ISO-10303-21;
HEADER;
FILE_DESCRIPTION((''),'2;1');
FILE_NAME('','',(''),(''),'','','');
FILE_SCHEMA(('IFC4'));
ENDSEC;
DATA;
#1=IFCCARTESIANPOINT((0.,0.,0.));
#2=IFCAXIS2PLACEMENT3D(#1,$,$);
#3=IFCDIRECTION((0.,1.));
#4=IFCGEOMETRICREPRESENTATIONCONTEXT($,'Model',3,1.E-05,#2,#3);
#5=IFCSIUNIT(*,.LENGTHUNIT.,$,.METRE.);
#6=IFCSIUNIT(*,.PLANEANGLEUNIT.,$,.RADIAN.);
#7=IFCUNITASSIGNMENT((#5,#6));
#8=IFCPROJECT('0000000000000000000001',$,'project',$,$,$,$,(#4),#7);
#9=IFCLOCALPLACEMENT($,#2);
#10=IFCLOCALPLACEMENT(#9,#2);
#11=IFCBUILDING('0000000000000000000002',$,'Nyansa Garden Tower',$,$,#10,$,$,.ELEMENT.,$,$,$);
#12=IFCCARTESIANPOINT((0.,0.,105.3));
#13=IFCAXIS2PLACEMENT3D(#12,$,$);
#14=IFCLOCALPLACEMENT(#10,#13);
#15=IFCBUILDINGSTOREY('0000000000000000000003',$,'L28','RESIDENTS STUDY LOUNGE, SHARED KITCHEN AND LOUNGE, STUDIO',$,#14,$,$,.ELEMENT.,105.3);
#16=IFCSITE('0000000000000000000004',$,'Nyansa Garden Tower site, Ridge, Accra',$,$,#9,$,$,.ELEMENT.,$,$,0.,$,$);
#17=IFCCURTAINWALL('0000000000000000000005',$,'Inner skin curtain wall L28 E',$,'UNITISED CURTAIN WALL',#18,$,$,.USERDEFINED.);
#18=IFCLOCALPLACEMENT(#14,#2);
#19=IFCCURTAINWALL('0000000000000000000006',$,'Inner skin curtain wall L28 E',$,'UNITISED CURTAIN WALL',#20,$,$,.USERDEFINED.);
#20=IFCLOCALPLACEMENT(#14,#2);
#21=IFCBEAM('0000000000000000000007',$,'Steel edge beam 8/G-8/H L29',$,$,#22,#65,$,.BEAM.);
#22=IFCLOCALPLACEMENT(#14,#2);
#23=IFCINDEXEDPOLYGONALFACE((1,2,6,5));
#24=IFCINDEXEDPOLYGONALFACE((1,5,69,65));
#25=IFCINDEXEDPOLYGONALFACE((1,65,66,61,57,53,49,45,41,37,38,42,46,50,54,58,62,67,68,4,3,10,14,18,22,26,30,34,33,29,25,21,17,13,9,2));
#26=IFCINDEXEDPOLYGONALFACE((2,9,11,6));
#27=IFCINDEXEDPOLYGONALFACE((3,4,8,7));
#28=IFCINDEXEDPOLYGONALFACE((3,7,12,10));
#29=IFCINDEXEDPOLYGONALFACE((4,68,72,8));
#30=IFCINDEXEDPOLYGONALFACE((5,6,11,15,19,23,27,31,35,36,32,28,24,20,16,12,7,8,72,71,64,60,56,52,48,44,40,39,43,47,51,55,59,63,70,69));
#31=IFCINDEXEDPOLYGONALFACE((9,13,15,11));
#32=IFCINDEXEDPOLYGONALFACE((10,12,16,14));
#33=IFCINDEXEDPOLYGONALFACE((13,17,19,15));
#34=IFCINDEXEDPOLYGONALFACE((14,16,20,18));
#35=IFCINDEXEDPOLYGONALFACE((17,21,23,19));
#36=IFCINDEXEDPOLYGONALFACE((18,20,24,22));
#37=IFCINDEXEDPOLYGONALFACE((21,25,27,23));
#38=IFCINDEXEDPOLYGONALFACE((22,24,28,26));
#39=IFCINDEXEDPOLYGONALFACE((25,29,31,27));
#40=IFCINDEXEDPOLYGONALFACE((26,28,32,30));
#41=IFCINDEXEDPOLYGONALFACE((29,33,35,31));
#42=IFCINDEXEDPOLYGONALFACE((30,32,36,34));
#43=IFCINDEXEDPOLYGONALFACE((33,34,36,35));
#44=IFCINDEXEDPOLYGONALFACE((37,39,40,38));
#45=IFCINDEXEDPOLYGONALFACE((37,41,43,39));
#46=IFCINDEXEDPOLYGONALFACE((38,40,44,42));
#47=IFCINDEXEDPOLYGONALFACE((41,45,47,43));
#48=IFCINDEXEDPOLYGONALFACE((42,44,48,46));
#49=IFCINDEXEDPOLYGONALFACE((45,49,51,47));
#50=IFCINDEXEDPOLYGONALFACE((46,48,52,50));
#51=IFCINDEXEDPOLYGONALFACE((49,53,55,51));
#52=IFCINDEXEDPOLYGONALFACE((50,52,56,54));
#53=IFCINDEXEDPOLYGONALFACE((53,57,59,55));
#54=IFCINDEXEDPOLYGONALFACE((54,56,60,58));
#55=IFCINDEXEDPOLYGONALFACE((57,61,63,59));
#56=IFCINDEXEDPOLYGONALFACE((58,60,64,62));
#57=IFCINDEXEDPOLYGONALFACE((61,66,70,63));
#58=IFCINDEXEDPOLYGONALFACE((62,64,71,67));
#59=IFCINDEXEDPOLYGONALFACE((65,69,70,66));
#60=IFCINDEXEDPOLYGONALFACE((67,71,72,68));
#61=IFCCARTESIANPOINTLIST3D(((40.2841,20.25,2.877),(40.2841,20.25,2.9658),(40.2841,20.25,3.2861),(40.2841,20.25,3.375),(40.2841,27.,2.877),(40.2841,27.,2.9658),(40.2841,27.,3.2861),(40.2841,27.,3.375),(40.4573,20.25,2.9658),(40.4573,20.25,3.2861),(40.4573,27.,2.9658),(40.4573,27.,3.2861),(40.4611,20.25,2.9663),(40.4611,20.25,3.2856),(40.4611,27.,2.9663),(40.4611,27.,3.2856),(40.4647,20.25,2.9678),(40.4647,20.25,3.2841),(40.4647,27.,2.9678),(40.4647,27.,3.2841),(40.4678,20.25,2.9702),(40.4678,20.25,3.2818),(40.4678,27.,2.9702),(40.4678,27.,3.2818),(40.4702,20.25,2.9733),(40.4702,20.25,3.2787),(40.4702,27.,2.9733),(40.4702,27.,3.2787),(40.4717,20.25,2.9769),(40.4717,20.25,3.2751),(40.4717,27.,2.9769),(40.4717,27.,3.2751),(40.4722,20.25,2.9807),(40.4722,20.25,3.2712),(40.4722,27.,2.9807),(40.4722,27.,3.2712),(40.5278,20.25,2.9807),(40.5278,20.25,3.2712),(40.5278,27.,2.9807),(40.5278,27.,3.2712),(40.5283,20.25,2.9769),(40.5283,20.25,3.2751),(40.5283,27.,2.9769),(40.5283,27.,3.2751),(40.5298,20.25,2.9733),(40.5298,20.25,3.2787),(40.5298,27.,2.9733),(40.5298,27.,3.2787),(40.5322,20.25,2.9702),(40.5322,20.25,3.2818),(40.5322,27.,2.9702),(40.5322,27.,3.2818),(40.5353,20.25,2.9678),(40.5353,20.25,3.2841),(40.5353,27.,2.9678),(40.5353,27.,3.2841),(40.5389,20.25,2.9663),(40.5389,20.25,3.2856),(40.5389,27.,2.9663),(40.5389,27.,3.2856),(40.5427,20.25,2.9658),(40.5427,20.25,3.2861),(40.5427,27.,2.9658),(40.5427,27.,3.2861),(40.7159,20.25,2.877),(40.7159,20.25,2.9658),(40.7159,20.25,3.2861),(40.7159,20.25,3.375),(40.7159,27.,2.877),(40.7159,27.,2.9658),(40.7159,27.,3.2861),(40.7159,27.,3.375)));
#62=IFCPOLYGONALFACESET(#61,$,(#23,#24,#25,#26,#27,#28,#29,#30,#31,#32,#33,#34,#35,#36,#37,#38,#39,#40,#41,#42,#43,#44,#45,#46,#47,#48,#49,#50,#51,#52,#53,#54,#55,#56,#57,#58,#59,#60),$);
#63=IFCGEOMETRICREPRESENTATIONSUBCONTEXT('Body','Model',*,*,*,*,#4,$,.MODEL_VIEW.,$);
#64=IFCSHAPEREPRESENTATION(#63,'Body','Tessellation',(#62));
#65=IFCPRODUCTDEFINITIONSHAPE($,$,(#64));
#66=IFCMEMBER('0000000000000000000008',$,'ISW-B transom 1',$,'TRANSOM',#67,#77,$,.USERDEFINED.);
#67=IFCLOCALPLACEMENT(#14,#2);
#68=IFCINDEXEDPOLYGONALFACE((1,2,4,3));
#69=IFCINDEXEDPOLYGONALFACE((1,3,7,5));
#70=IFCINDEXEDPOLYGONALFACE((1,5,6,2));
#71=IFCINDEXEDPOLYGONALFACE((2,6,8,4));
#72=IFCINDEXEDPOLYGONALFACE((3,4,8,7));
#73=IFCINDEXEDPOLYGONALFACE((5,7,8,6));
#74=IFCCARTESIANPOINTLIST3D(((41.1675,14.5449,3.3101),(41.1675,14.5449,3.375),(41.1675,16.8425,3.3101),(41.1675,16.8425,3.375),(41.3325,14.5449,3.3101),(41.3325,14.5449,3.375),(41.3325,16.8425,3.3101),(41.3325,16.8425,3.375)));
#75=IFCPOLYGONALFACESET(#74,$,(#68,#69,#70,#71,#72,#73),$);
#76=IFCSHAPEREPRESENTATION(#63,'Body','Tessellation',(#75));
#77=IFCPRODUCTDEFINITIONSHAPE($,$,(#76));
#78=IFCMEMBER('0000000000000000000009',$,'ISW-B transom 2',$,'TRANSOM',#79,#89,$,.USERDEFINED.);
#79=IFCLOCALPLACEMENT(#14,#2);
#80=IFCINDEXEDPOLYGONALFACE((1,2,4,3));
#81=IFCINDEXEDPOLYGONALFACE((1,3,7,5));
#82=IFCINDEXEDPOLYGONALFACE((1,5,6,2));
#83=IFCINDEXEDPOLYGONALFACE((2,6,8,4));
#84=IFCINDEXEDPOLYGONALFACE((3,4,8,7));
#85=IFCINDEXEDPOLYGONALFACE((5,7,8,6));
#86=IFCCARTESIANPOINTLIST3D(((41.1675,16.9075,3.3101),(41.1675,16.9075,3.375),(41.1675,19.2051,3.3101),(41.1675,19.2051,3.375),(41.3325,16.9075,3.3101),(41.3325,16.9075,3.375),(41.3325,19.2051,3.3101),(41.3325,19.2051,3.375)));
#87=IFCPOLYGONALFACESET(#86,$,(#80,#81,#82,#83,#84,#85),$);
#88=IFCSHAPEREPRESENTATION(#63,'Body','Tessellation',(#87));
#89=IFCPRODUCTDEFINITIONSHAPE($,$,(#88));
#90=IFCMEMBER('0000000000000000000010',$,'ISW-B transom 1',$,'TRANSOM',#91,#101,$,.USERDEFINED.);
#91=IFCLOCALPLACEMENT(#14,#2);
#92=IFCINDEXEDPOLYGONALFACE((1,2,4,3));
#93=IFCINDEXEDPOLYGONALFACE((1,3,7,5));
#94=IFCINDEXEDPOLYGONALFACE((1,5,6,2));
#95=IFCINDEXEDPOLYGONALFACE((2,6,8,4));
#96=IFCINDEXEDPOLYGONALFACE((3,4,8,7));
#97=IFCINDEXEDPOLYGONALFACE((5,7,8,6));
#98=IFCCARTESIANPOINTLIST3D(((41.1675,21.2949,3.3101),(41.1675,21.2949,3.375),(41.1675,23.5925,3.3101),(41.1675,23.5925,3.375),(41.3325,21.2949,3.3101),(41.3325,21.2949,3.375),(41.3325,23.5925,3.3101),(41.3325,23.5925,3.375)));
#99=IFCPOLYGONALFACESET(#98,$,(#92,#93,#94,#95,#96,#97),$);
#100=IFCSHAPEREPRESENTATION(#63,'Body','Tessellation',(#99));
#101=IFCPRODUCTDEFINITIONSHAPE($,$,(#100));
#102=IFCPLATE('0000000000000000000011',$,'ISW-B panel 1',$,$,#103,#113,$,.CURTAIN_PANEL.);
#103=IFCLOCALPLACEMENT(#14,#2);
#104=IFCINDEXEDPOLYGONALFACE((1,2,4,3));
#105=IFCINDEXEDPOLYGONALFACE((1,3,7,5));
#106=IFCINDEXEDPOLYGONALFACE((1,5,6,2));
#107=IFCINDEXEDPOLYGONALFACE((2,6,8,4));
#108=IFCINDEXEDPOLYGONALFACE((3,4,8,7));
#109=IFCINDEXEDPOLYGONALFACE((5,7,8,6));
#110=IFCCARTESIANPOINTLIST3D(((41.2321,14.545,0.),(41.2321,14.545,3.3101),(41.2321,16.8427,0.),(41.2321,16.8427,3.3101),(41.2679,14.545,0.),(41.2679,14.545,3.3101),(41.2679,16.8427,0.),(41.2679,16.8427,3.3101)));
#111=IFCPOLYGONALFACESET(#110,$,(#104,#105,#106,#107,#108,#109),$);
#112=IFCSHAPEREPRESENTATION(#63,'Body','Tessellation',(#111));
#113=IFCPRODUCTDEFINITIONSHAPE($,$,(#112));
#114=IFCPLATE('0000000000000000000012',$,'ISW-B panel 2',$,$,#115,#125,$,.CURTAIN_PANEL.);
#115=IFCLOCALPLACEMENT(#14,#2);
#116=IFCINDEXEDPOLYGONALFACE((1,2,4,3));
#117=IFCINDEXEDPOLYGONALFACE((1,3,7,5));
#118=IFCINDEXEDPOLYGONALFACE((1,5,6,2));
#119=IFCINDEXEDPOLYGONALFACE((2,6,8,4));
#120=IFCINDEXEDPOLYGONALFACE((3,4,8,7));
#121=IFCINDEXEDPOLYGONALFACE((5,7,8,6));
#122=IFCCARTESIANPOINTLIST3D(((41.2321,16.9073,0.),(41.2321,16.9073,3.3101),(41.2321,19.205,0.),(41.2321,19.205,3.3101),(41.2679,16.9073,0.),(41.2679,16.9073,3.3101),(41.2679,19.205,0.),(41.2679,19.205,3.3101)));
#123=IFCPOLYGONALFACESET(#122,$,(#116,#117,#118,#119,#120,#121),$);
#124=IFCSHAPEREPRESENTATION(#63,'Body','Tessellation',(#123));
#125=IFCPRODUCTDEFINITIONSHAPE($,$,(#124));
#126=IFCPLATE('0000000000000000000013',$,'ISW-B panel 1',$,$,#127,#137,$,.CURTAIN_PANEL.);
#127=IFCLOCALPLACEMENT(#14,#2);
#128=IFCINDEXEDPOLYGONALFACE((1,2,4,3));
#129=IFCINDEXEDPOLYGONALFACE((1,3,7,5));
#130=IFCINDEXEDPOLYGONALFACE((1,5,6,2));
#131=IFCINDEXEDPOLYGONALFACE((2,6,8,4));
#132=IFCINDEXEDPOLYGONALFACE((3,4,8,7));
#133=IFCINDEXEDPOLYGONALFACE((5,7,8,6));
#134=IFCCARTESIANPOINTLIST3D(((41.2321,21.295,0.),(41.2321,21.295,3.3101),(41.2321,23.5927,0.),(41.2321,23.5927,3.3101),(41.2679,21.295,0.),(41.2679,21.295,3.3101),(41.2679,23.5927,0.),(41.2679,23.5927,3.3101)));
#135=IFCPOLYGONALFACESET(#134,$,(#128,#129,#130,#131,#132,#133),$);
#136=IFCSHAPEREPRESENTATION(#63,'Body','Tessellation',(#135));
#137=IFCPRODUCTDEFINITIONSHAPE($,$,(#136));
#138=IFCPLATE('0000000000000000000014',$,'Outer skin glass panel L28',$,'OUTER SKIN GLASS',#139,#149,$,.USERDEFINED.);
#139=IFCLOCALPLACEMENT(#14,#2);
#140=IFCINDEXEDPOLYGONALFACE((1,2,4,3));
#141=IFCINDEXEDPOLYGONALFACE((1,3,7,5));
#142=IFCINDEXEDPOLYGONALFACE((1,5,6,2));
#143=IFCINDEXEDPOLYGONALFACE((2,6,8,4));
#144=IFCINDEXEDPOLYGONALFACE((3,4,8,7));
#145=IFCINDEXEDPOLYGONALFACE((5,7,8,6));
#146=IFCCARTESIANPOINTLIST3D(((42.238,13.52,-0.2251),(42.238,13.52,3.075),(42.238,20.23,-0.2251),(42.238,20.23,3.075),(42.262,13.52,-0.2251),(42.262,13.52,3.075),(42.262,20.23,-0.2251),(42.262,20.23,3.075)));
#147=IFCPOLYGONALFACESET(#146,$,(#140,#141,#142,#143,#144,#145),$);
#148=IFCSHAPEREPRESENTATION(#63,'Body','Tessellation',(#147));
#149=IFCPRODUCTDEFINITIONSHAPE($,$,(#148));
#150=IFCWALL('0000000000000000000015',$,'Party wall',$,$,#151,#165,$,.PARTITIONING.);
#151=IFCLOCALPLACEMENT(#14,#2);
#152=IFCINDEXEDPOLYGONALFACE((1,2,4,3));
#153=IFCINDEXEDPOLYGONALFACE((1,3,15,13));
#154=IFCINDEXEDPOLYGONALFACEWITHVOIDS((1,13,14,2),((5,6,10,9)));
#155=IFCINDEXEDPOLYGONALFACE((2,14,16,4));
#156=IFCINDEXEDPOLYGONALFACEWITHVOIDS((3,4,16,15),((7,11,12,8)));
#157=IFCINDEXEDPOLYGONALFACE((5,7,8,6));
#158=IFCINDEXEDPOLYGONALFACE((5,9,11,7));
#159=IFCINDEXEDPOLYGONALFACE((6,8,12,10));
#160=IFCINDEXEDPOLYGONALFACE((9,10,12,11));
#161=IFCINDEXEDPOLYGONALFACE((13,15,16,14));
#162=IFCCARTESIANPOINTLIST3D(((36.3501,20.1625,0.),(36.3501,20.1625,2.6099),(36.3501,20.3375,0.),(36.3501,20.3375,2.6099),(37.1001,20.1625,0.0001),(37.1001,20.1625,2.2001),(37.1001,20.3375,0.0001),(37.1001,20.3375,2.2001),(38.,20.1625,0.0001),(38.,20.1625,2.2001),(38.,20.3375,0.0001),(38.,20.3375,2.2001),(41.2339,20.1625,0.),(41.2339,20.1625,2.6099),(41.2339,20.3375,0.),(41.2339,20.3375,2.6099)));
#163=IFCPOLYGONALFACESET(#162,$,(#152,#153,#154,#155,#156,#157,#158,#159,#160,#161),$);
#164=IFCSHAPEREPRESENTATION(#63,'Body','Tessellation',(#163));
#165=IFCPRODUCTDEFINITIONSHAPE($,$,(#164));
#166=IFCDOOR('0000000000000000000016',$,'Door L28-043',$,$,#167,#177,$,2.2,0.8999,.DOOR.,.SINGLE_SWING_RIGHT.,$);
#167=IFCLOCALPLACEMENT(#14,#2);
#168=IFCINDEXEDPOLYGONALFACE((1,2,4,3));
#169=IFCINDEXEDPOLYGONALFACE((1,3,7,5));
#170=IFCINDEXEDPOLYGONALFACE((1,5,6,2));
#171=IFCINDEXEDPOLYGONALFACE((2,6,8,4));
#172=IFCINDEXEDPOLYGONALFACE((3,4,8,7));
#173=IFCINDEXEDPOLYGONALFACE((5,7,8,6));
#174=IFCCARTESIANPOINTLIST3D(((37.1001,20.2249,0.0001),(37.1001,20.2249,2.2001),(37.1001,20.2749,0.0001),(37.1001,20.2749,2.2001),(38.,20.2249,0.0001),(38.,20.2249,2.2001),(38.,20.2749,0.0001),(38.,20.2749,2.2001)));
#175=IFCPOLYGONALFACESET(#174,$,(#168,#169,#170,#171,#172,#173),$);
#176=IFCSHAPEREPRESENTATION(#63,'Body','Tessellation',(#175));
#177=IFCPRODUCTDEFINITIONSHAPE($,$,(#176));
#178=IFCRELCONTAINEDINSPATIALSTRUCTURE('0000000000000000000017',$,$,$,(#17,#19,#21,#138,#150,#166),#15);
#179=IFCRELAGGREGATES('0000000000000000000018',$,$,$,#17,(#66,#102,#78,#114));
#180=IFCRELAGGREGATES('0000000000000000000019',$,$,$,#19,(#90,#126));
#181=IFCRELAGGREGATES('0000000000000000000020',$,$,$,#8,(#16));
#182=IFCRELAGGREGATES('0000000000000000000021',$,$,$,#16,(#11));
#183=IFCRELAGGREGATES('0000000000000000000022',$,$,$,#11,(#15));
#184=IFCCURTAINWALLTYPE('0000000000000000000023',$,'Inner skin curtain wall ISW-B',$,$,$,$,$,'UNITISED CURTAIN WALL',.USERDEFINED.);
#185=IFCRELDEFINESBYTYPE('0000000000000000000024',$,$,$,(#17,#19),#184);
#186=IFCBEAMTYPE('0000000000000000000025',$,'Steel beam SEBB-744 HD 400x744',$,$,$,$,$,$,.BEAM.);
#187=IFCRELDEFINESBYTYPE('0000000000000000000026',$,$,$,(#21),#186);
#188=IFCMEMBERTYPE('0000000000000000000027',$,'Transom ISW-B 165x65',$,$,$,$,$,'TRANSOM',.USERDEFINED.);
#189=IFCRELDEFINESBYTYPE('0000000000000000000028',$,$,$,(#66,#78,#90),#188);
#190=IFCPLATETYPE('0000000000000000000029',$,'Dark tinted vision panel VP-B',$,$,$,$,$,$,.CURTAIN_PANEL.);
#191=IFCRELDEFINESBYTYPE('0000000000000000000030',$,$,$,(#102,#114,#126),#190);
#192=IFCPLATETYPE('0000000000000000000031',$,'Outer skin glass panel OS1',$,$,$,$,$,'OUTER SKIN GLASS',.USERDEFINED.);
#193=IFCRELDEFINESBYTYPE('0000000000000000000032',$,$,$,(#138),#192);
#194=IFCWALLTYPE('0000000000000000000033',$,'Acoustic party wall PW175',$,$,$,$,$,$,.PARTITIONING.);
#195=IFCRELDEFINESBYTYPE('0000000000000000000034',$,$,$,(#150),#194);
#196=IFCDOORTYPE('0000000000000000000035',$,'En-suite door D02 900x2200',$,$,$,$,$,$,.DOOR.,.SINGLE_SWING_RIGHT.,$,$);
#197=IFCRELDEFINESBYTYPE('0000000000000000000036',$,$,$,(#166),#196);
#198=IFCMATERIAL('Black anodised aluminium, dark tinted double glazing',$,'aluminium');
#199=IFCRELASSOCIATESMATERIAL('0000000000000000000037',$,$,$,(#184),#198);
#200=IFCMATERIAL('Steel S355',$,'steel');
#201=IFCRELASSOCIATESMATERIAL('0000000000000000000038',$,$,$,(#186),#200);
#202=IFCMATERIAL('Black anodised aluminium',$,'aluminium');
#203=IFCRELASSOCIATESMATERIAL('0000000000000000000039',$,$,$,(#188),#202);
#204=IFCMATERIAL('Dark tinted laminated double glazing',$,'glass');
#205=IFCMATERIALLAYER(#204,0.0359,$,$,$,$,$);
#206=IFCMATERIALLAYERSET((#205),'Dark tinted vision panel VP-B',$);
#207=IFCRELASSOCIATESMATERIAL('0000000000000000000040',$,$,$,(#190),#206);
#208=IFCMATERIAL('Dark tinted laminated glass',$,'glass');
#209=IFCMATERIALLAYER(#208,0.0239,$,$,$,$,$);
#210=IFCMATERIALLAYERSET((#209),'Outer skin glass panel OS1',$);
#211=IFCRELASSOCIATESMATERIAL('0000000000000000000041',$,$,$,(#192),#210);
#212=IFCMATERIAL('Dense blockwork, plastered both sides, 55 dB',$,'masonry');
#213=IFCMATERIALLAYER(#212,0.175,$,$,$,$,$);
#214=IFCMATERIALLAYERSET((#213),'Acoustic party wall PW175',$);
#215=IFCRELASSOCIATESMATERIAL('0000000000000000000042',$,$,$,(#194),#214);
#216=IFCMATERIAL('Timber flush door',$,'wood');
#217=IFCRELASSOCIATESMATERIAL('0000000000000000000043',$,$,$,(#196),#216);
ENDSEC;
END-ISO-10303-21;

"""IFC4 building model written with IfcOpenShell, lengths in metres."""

from ifc_helpers import new_model, si_unit, direction, frame, frame_2d, origin, origin_2d, place, context, subcontext, project, spatial, rectangle, i_section, extrude, material, layer, layer_set, material_profile, profile_set, type_object, element, fill, aggregate, save


model = new_model("IFC4")

# Units and contexts
model_context = context("Model", 3, precision=1e-05, world=origin(), true_north=direction((0.0, 1.0)))
body_context = subcontext(model_context, "Body", "Model", "MODEL_VIEW")
ifc_project = project(units=[si_unit("LENGTHUNIT", "METRE"), si_unit("PLANEANGLEUNIT", "RADIAN")], contexts=[model_context])

# Site, building, storey
site_placement = place(None, origin())
site = spatial("IfcSite", under=ifc_project, at=site_placement, Name="Nyansa Garden Tower site, Ridge, Accra", CompositionType="ELEMENT", RefElevation=0.0)
building_placement = place(site_placement, origin())
building = spatial("IfcBuilding", under=site, at=building_placement, Name="Nyansa Garden Tower", CompositionType="ELEMENT")
storey_placement = place(building_placement, frame((0.0, 0.0, 105.3)))
storey = spatial("IfcBuildingStorey", under=building, at=storey_placement, Name="L28", Description="RESIDENTS STUDY LOUNGE, SHARED KITCHEN AND LOUNGE, STUDIO", CompositionType="ELEMENT", Elevation=105.3)

# Curtain wall
ifc_material_1 = material(Name="Black anodised aluminium, dark tinted double glazing", Category="aluminium")
curtain_wall_type = type_object("IfcCurtainWallType", Name="Inner skin curtain wall ISW-B", ElementType="UNITISED CURTAIN WALL", PredefinedType="USERDEFINED", material=ifc_material_1)
curtain_wall_1_placement = place(storey_placement, origin())
curtain_wall_1 = element("IfcCurtainWall", 1, at=curtain_wall_1_placement, inside=storey, type_object=curtain_wall_type, Name="Inner skin curtain wall L28 E", ObjectType="UNITISED CURTAIN WALL", PredefinedType="USERDEFINED")

# Curtain wall
curtain_wall_2_placement = place(storey_placement, origin())
curtain_wall_2 = element("IfcCurtainWall", 2, at=curtain_wall_2_placement, inside=storey, type_object=curtain_wall_type, Name="Inner skin curtain wall L28 E", ObjectType="UNITISED CURTAIN WALL", PredefinedType="USERDEFINED")

# Beam
ifc_material_2 = material(Name="Steel S355", Category="steel")
ifc_material_profile_1 = material_profile(ifc_material_2, i_section(OverallWidth=0.4319, OverallDepth=0.498, WebThickness=0.0557, FlangeThickness=0.0889, FilletRadius=0.0149, at=origin_2d()), Name="HD 400x744")
ifc_profile_set_1 = profile_set([ifc_material_profile_1], Name="Steel S355")
beam_type_1 = type_object("IfcBeamType", Name="Steel beam SEBB-744 HD 400x744", PredefinedType="BEAM", material=ifc_profile_set_1)
beam_1_placement = place(storey_placement, frame((40.5, 20.25, 3.126), z_axis=(0.0, 1.0, 0.0), x_axis=(-1.0, 0.0, 0.0)))
element("IfcBeam", 3, at=beam_1_placement, inside=storey, type_object=beam_type_1, Name="Steel edge beam 8/G-8/H L29", PredefinedType="BEAM", context=body_context, shape_type="SweptSolid", body=[
    extrude(i_section(OverallWidth=0.4319, OverallDepth=0.498, WebThickness=0.0557, FlangeThickness=0.0889, FilletRadius=0.0149, at=origin_2d()), origin(), (0.0, 0.0, 1.0), 6.75),
])

# Members
ifc_material_3 = material(Name="Black anodised aluminium", Category="aluminium")
ifc_material_profile_2 = material_profile(ifc_material_3, rectangle(XDim=0.165, YDim=0.0649, at=origin_2d()), Name="Transom 165x65")
ifc_profile_set_2 = profile_set([ifc_material_profile_2], Name="Black anodised aluminium")
member_type_1 = type_object("IfcMemberType", Name="Transom ISW-B 165x65", ElementType="TRANSOM", PredefinedType="USERDEFINED", material=ifc_profile_set_2)
member_1_placement = place(storey_placement, frame((41.25, 14.5449, 3.3425), z_axis=(0.0, 1.0, 0.0), x_axis=(-1.0, 0.0, 0.0)))
member_1 = element("IfcMember", 4, at=member_1_placement, type_object=member_type_1, Name="ISW-B transom 1", ObjectType="TRANSOM", PredefinedType="USERDEFINED", context=body_context, shape_type="SweptSolid", body=[
    extrude(rectangle(XDim=0.165, YDim=0.0649, at=origin_2d()), origin(), (0.0, 0.0, 1.0), 2.2976),
])
member_2_placement = place(storey_placement, frame((41.25, 16.9075, 3.3425), z_axis=(0.0, 1.0, 0.0), x_axis=(-1.0, 0.0, 0.0)))
member_2 = element("IfcMember", 5, at=member_2_placement, type_object=member_type_1, Name="ISW-B transom 2", ObjectType="TRANSOM", PredefinedType="USERDEFINED", context=body_context, shape_type="SweptSolid", body=[
    extrude(rectangle(XDim=0.165, YDim=0.0649, at=origin_2d()), origin(), (0.0, 0.0, 1.0), 2.2976),
])
member_3_placement = place(storey_placement, frame((41.25, 21.2949, 3.3425), z_axis=(0.0, 1.0, 0.0), x_axis=(-1.0, 0.0, 0.0)))
member_3 = element("IfcMember", 6, at=member_3_placement, type_object=member_type_1, Name="ISW-B transom 1", ObjectType="TRANSOM", PredefinedType="USERDEFINED", context=body_context, shape_type="SweptSolid", body=[
    extrude(rectangle(XDim=0.165, YDim=0.0649, at=origin_2d()), origin(), (0.0, 0.0, 1.0), 2.2976),
])

# Plates
ifc_material_4 = material(Name="Dark tinted laminated double glazing", Category="glass")
ifc_layer_1 = layer(ifc_material_4, 0.0359)
ifc_layer_set_1 = layer_set([ifc_layer_1], Name="Dark tinted vision panel VP-B")
plate_type_1 = type_object("IfcPlateType", Name="Dark tinted vision panel VP-B", PredefinedType="CURTAIN_PANEL", material=ifc_layer_set_1)
plate_1_placement = place(storey_placement, frame((41.25, 15.6938, 0.0), z_axis=(0.0, 0.0, 1.0), x_axis=(0.0, 1.0, 0.0)))
plate_1 = element("IfcPlate", 7, at=plate_1_placement, type_object=plate_type_1, Name="ISW-B panel 1", PredefinedType="CURTAIN_PANEL", context=body_context, shape_type="SweptSolid", body=[
    extrude(rectangle(XDim=2.2976, YDim=0.0359, at=origin_2d()), origin(), (0.0, 0.0, 1.0), 3.3101),
])
plate_2_placement = place(storey_placement, frame((41.25, 18.0562, 0.0), z_axis=(0.0, 0.0, 1.0), x_axis=(0.0, 1.0, 0.0)))
plate_2 = element("IfcPlate", 8, at=plate_2_placement, type_object=plate_type_1, Name="ISW-B panel 2", PredefinedType="CURTAIN_PANEL", context=body_context, shape_type="SweptSolid", body=[
    extrude(rectangle(XDim=2.2976, YDim=0.0359, at=origin_2d()), origin(), (0.0, 0.0, 1.0), 3.3101),
])
aggregate(curtain_wall_1, [member_1, plate_1, member_2, plate_2])
plate_3_placement = place(storey_placement, frame((41.25, 22.4438, 0.0), z_axis=(0.0, 0.0, 1.0), x_axis=(0.0, 1.0, 0.0)))
plate_3 = element("IfcPlate", 9, at=plate_3_placement, type_object=plate_type_1, Name="ISW-B panel 1", PredefinedType="CURTAIN_PANEL", context=body_context, shape_type="SweptSolid", body=[
    extrude(rectangle(XDim=2.2976, YDim=0.0359, at=origin_2d()), origin(), (0.0, 0.0, 1.0), 3.3101),
])
aggregate(curtain_wall_2, [member_3, plate_3])
ifc_material_5 = material(Name="Dark tinted laminated glass", Category="glass")
ifc_layer_2 = layer(ifc_material_5, 0.0239)
ifc_layer_set_2 = layer_set([ifc_layer_2], Name="Outer skin glass panel OS1")
plate_type_2 = type_object("IfcPlateType", Name="Outer skin glass panel OS1", ElementType="OUTER SKIN GLASS", PredefinedType="USERDEFINED", material=ifc_layer_set_2)
plate_4_placement = place(storey_placement, frame((42.25, 16.875, -0.2251), z_axis=(0.0, 0.0, 1.0), x_axis=(0.0, 1.0, 0.0)))
element("IfcPlate", 10, at=plate_4_placement, inside=storey, type_object=plate_type_2, Name="Outer skin glass panel L28", ObjectType="OUTER SKIN GLASS", PredefinedType="USERDEFINED", context=body_context, shape_type="SweptSolid", body=[
    extrude(rectangle(XDim=6.71, YDim=0.0239, at=origin_2d()), origin(), (0.0, 0.0, 1.0), 3.3),
])

# Wall, opening, door
ifc_material_6 = material(Name="Dense blockwork, plastered both sides, 55 dB", Category="masonry")
ifc_layer_3 = layer(ifc_material_6, 0.175)
ifc_layer_set_3 = layer_set([ifc_layer_3], Name="Acoustic party wall PW175")
wall_type_1 = type_object("IfcWallType", Name="Acoustic party wall PW175", PredefinedType="PARTITIONING", material=ifc_layer_set_3)
wall_1_placement = place(storey_placement, frame((36.3501, 20.25, 0.0), z_axis=(0.0, 0.0, 1.0), x_axis=(1.0, 0.0, 0.0)))
wall_1 = element("IfcWall", 11, at=wall_1_placement, inside=storey, type_object=wall_type_1, Name="Party wall", PredefinedType="PARTITIONING", context=body_context, shape_type="SweptSolid", body=[
    extrude(rectangle(XDim=4.8838, YDim=0.175, at=frame_2d((2.4419, 0.0))), origin(), (0.0, 0.0, 1.0), 2.6099),
])
opening_placement = place(wall_1_placement, frame((0.75, 0.0, 0.0)))
opening = element("IfcOpeningElement", 12, at=opening_placement, cuts=wall_1, PredefinedType="OPENING", context=body_context, shape_type="SweptSolid", body=[
    extrude(rectangle(XDim=0.8999, YDim=2.2, at=frame_2d((0.45, 1.1001))), frame((0.0, 0.0974, 0.0), z_axis=(0.0, -1.0, 0.0), x_axis=(1.0, 0.0, 0.0)), (0.0, 0.0, 1.0), 0.1951),
])
ifc_material_7 = material(Name="Timber flush door", Category="wood")
door_type = type_object("IfcDoorType", Name="En-suite door D02 900x2200", OperationType="SINGLE_SWING_RIGHT", PredefinedType="DOOR", material=ifc_material_7)
door_placement = place(opening_placement, origin())
door = element("IfcDoor", 13, at=door_placement, inside=storey, type_object=door_type, Name="Door L28-043", OperationType="SINGLE_SWING_RIGHT", OverallHeight=2.2, OverallWidth=0.8999, PredefinedType="DOOR", context=body_context, shape_type="SweptSolid", body=[
    extrude(rectangle(XDim=0.8999, YDim=2.2, at=frame_2d((0.45, 1.1001))), frame((0.0, 0.0249, 0.0), z_axis=(0.0, -1.0, 0.0), x_axis=(1.0, 0.0, 0.0)), (0.0, 0.0, 1.0), 0.05),
])
fill(opening, door)

save(model, "model.ifc")
